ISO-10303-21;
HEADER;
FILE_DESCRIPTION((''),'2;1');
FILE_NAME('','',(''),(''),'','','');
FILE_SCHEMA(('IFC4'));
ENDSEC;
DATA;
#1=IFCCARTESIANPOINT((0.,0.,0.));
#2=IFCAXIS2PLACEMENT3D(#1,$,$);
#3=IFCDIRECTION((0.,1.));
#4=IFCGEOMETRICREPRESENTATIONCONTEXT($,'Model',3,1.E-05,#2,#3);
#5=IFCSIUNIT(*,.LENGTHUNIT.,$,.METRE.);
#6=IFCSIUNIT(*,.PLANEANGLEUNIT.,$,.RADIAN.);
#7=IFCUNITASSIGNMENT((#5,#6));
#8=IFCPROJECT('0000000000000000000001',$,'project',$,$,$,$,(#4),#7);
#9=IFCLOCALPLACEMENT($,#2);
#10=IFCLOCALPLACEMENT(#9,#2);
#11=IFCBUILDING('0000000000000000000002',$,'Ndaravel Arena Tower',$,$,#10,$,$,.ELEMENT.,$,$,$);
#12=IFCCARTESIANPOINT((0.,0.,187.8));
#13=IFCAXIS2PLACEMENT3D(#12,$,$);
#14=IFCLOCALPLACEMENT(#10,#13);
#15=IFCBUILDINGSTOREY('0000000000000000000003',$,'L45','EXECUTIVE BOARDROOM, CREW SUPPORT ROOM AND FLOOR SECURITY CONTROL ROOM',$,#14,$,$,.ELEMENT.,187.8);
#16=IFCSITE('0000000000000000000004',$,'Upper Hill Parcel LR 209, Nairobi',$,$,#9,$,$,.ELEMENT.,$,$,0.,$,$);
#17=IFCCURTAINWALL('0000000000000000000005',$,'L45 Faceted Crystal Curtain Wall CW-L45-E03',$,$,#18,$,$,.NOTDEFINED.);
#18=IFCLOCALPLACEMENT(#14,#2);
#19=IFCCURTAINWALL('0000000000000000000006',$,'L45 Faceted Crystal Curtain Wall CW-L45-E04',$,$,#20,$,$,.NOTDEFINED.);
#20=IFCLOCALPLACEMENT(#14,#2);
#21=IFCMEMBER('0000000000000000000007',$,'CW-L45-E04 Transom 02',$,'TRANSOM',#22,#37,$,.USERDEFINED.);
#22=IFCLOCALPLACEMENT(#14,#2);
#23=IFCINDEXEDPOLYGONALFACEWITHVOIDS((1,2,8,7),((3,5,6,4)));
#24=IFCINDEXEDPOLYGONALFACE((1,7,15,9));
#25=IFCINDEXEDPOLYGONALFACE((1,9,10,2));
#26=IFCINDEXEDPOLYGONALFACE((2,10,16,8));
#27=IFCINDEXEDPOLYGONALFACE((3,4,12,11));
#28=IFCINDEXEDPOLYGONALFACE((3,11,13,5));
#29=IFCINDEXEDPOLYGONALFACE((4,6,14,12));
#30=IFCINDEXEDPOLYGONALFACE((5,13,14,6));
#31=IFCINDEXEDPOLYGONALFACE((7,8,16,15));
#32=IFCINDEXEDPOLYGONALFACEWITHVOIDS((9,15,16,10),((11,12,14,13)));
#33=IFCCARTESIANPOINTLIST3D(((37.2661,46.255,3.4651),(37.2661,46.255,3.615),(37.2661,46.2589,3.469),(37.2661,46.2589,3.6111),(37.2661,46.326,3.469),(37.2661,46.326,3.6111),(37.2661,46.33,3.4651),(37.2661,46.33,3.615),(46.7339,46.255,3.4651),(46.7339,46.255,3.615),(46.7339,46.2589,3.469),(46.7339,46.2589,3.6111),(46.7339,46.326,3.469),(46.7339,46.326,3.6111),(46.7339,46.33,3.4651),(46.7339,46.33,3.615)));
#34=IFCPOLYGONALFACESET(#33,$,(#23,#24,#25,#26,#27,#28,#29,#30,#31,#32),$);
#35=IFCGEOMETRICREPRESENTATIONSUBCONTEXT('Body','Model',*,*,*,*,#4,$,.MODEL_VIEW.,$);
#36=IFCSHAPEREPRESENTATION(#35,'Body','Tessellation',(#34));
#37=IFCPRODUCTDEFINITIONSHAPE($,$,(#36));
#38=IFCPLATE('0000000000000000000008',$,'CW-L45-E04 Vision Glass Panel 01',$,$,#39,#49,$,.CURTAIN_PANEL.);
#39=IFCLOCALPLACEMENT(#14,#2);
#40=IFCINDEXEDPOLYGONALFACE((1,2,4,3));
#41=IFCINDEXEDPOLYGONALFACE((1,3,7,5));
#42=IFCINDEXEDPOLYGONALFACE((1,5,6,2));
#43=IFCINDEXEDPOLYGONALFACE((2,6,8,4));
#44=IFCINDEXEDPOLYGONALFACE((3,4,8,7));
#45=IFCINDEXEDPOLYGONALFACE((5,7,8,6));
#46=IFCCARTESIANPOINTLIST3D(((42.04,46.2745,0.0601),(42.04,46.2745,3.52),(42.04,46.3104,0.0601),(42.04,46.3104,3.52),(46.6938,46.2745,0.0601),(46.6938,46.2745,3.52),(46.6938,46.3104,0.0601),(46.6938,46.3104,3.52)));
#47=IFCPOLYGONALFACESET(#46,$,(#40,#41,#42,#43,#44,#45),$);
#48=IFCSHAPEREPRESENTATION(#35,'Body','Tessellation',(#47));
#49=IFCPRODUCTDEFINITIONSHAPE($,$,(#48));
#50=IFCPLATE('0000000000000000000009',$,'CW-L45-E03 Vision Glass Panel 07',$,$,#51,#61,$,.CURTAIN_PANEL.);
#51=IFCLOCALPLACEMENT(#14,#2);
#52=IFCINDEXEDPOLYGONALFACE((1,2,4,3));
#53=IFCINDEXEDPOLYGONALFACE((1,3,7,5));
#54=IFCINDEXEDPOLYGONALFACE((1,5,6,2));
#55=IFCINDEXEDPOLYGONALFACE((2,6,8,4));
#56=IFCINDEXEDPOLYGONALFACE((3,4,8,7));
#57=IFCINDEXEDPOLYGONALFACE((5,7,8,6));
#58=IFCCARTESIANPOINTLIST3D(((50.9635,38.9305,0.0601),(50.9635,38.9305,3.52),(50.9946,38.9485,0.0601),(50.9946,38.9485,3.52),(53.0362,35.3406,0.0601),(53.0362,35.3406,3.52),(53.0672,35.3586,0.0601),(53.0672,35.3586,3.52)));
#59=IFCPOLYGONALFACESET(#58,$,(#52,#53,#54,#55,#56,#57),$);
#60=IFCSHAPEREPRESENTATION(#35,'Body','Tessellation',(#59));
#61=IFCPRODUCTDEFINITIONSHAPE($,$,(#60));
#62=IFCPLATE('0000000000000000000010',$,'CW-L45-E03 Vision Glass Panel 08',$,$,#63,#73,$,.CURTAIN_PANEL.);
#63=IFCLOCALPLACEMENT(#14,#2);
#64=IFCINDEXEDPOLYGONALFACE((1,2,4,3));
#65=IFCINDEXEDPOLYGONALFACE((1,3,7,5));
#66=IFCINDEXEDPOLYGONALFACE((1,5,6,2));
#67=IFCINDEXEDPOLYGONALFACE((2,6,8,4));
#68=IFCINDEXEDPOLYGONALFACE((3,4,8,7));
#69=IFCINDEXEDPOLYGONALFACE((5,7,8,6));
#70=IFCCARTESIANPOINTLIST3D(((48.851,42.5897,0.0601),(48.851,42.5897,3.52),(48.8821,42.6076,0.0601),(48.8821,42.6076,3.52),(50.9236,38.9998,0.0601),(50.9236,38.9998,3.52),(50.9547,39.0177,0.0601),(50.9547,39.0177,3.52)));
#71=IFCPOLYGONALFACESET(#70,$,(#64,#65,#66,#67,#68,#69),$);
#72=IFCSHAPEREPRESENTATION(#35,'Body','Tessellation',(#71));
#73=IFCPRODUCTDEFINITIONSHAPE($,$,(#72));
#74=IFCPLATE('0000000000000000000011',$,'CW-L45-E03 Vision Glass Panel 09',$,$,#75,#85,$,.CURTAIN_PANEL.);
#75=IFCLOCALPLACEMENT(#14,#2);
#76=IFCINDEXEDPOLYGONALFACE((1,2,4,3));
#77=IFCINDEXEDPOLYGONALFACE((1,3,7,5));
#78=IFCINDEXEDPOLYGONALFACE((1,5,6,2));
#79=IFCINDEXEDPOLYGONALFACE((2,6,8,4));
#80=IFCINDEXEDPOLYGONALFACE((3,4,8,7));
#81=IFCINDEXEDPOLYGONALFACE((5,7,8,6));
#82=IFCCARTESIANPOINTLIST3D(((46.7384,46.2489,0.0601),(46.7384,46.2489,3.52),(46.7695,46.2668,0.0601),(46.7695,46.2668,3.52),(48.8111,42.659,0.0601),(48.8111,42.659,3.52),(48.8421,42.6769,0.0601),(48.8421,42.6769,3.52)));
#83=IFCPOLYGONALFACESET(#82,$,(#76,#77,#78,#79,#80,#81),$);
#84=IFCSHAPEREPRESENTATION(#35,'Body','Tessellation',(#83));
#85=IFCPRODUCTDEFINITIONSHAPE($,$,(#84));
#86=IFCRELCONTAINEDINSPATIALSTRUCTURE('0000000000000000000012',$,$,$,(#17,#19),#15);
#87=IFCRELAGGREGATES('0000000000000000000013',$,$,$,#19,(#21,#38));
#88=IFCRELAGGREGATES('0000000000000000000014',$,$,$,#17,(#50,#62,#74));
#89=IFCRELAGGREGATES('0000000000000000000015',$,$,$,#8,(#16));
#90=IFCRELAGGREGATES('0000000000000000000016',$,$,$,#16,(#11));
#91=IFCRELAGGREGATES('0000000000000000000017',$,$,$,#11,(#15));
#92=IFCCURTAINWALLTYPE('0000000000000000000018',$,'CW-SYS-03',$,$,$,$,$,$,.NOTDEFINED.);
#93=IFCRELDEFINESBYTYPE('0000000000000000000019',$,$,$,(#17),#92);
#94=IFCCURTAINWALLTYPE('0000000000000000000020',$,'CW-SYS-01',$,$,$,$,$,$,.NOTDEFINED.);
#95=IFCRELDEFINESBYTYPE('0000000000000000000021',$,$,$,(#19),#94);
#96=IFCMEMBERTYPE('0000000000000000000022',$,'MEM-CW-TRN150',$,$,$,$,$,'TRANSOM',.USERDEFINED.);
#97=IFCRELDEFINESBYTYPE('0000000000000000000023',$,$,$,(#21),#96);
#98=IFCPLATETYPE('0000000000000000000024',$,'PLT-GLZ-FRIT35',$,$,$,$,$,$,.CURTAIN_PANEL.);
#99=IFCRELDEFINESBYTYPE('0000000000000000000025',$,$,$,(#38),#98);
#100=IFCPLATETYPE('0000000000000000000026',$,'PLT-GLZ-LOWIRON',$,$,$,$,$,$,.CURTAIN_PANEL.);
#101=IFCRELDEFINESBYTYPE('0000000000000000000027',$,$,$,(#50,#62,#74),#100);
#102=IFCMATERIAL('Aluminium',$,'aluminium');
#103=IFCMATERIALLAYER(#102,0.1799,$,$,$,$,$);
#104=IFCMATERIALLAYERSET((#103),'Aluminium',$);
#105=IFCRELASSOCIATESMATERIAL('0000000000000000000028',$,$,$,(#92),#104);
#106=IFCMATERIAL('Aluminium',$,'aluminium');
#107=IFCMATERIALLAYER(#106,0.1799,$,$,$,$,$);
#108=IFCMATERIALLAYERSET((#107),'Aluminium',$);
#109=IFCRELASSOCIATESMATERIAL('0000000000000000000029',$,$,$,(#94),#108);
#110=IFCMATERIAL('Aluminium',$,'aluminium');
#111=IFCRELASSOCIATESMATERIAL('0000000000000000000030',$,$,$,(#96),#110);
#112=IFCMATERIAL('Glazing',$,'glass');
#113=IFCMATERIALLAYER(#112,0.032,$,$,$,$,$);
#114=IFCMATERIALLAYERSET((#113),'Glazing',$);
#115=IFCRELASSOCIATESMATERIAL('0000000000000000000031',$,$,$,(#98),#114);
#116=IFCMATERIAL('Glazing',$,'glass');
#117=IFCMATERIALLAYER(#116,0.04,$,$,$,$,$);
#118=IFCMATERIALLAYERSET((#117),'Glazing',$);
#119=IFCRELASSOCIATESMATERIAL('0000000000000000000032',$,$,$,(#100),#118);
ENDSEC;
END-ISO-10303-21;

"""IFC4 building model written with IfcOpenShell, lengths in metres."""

from ifc_helpers import new_model, si_unit, direction, frame, origin, origin_2d, place, context, subcontext, project, spatial, rectangle, hollow_rectangle, extrude, material, layer, layer_set, material_profile, profile_set, type_object, element, aggregate, save


model = new_model("IFC4")

# Units and contexts
model_context = context("Model", 3, precision=1e-05, world=origin(), true_north=direction((0.0, 1.0)))
body_context = subcontext(model_context, "Body", "Model", "MODEL_VIEW")
ifc_project = project(units=[si_unit("LENGTHUNIT", "METRE"), si_unit("PLANEANGLEUNIT", "RADIAN")], contexts=[model_context])

# Site, building, storey
site_placement = place(None, origin())
site = spatial("IfcSite", under=ifc_project, at=site_placement, Name="Upper Hill Parcel LR 209, Nairobi", CompositionType="ELEMENT", RefElevation=0.0)
building_placement = place(site_placement, origin())
building = spatial("IfcBuilding", under=site, at=building_placement, Name="Ndaravel Arena Tower", CompositionType="ELEMENT")
storey_placement = place(building_placement, frame((0.0, 0.0, 187.8)))
storey = spatial("IfcBuildingStorey", under=building, at=storey_placement, Name="L45", Description="EXECUTIVE BOARDROOM, CREW SUPPORT ROOM AND FLOOR SECURITY CONTROL ROOM", CompositionType="ELEMENT", Elevation=187.8)

# Curtain wall
ifc_material_1 = material(Name="Aluminium", Category="aluminium")
ifc_layer_1 = layer(ifc_material_1, 0.1799)
ifc_layer_set_1 = layer_set([ifc_layer_1], Name="Aluminium")
curtain_wall_type_1 = type_object("IfcCurtainWallType", Name="CW-SYS-03", PredefinedType="NOTDEFINED", material=ifc_layer_set_1)
curtain_wall_1_placement = place(storey_placement, origin())
curtain_wall_1 = element("IfcCurtainWall", 1, at=curtain_wall_1_placement, inside=storey, type_object=curtain_wall_type_1, Name="L45 Faceted Crystal Curtain Wall CW-L45-E03", PredefinedType="NOTDEFINED")

# Curtain wall, member, plate
ifc_material_2 = material(Name="Aluminium", Category="aluminium")
ifc_layer_2 = layer(ifc_material_2, 0.1799)
ifc_layer_set_2 = layer_set([ifc_layer_2], Name="Aluminium")
curtain_wall_type_2 = type_object("IfcCurtainWallType", Name="CW-SYS-01", PredefinedType="NOTDEFINED", material=ifc_layer_set_2)
curtain_wall_2_placement = place(storey_placement, origin())
curtain_wall_2 = element("IfcCurtainWall", 2, at=curtain_wall_2_placement, inside=storey, type_object=curtain_wall_type_2, Name="L45 Faceted Crystal Curtain Wall CW-L45-E04", PredefinedType="NOTDEFINED")
ifc_material_3 = material(Name="Aluminium", Category="aluminium")
ifc_material_profile_1 = material_profile(ifc_material_3, hollow_rectangle(XDim=0.075, YDim=0.1499, WallThickness=0.0039, at=origin_2d()), Name="CW TRANSOM 75x150x4")
ifc_profile_set_1 = profile_set([ifc_material_profile_1], Name="Aluminium")
member_type_1 = type_object("IfcMemberType", Name="MEM-CW-TRN150", ElementType="TRANSOM", PredefinedType="USERDEFINED", material=ifc_profile_set_1)
member_1_placement = place(storey_placement, frame((46.7339, 46.2925, 3.54), z_axis=(-1.0, 0.0, 0.0), x_axis=(0.0, -1.0, 0.0)))
member_1 = element("IfcMember", 3, at=member_1_placement, type_object=member_type_1, Name="CW-L45-E04 Transom 02", ObjectType="TRANSOM", PredefinedType="USERDEFINED", context=body_context, shape_type="SweptSolid", body=[
    extrude(hollow_rectangle(XDim=0.075, YDim=0.1499, WallThickness=0.0039, at=origin_2d()), origin(), (0.0, 0.0, 1.0), 9.4678),
])
ifc_material_4 = material(Name="Glazing", Category="glass")
ifc_layer_3 = layer(ifc_material_4, 0.032)
ifc_layer_set_3 = layer_set([ifc_layer_3], Name="Glazing")
plate_type_1 = type_object("IfcPlateType", Name="PLT-GLZ-FRIT35", PredefinedType="CURTAIN_PANEL", material=ifc_layer_set_3)
plate_1_placement = place(storey_placement, frame((44.3669, 46.2925, 0.0601), z_axis=(0.0, 0.0, 1.0), x_axis=(-1.0, 0.0, 0.0)))
plate_1 = element("IfcPlate", 4, at=plate_1_placement, type_object=plate_type_1, Name="CW-L45-E04 Vision Glass Panel 01", PredefinedType="CURTAIN_PANEL", context=body_context, shape_type="SweptSolid", body=[
    extrude(rectangle(XDim=4.6538, YDim=0.0359, at=origin_2d()), origin(), (0.0, 0.0, 1.0), 3.46),
])
aggregate(curtain_wall_2, [member_1, plate_1])

# Plates
ifc_material_5 = material(Name="Glazing", Category="glass")
ifc_layer_4 = layer(ifc_material_5, 0.04)
ifc_layer_set_4 = layer_set([ifc_layer_4], Name="Glazing")
plate_type_2 = type_object("IfcPlateType", Name="PLT-GLZ-LOWIRON", PredefinedType="CURTAIN_PANEL", material=ifc_layer_set_4)
plate_2_placement = place(storey_placement, frame((52.0154, 37.1445, 0.0601), z_axis=(0.0, 0.0, 1.0), x_axis=(-0.5, 0.866025, 0.0)))
plate_2 = element("IfcPlate", 5, at=plate_2_placement, type_object=plate_type_2, Name="CW-L45-E03 Vision Glass Panel 07", PredefinedType="CURTAIN_PANEL", context=body_context, shape_type="SweptSolid", body=[
    extrude(rectangle(XDim=4.1453, YDim=0.0359, at=origin_2d()), origin(), (0.0, 0.0, 1.0), 3.46),
])
plate_3_placement = place(storey_placement, frame((49.9028, 40.8037, 0.0601), z_axis=(0.0, 0.0, 1.0), x_axis=(-0.5, 0.866025, 0.0)))
plate_3 = element("IfcPlate", 6, at=plate_3_placement, type_object=plate_type_2, Name="CW-L45-E03 Vision Glass Panel 08", PredefinedType="CURTAIN_PANEL", context=body_context, shape_type="SweptSolid", body=[
    extrude(rectangle(XDim=4.1453, YDim=0.0359, at=origin_2d()), origin(), (0.0, 0.0, 1.0), 3.46),
])
plate_4_placement = place(storey_placement, frame((47.7903, 44.4629, 0.0601), z_axis=(0.0, 0.0, 1.0), x_axis=(-0.5, 0.866025, 0.0)))
plate_4 = element("IfcPlate", 7, at=plate_4_placement, type_object=plate_type_2, Name="CW-L45-E03 Vision Glass Panel 09", PredefinedType="CURTAIN_PANEL", context=body_context, shape_type="SweptSolid", body=[
    extrude(rectangle(XDim=4.1453, YDim=0.0359, at=origin_2d()), origin(), (0.0, 0.0, 1.0), 3.46),
])
aggregate(curtain_wall_1, [plate_2, plate_3, plate_4])

save(model, "model.ifc")
